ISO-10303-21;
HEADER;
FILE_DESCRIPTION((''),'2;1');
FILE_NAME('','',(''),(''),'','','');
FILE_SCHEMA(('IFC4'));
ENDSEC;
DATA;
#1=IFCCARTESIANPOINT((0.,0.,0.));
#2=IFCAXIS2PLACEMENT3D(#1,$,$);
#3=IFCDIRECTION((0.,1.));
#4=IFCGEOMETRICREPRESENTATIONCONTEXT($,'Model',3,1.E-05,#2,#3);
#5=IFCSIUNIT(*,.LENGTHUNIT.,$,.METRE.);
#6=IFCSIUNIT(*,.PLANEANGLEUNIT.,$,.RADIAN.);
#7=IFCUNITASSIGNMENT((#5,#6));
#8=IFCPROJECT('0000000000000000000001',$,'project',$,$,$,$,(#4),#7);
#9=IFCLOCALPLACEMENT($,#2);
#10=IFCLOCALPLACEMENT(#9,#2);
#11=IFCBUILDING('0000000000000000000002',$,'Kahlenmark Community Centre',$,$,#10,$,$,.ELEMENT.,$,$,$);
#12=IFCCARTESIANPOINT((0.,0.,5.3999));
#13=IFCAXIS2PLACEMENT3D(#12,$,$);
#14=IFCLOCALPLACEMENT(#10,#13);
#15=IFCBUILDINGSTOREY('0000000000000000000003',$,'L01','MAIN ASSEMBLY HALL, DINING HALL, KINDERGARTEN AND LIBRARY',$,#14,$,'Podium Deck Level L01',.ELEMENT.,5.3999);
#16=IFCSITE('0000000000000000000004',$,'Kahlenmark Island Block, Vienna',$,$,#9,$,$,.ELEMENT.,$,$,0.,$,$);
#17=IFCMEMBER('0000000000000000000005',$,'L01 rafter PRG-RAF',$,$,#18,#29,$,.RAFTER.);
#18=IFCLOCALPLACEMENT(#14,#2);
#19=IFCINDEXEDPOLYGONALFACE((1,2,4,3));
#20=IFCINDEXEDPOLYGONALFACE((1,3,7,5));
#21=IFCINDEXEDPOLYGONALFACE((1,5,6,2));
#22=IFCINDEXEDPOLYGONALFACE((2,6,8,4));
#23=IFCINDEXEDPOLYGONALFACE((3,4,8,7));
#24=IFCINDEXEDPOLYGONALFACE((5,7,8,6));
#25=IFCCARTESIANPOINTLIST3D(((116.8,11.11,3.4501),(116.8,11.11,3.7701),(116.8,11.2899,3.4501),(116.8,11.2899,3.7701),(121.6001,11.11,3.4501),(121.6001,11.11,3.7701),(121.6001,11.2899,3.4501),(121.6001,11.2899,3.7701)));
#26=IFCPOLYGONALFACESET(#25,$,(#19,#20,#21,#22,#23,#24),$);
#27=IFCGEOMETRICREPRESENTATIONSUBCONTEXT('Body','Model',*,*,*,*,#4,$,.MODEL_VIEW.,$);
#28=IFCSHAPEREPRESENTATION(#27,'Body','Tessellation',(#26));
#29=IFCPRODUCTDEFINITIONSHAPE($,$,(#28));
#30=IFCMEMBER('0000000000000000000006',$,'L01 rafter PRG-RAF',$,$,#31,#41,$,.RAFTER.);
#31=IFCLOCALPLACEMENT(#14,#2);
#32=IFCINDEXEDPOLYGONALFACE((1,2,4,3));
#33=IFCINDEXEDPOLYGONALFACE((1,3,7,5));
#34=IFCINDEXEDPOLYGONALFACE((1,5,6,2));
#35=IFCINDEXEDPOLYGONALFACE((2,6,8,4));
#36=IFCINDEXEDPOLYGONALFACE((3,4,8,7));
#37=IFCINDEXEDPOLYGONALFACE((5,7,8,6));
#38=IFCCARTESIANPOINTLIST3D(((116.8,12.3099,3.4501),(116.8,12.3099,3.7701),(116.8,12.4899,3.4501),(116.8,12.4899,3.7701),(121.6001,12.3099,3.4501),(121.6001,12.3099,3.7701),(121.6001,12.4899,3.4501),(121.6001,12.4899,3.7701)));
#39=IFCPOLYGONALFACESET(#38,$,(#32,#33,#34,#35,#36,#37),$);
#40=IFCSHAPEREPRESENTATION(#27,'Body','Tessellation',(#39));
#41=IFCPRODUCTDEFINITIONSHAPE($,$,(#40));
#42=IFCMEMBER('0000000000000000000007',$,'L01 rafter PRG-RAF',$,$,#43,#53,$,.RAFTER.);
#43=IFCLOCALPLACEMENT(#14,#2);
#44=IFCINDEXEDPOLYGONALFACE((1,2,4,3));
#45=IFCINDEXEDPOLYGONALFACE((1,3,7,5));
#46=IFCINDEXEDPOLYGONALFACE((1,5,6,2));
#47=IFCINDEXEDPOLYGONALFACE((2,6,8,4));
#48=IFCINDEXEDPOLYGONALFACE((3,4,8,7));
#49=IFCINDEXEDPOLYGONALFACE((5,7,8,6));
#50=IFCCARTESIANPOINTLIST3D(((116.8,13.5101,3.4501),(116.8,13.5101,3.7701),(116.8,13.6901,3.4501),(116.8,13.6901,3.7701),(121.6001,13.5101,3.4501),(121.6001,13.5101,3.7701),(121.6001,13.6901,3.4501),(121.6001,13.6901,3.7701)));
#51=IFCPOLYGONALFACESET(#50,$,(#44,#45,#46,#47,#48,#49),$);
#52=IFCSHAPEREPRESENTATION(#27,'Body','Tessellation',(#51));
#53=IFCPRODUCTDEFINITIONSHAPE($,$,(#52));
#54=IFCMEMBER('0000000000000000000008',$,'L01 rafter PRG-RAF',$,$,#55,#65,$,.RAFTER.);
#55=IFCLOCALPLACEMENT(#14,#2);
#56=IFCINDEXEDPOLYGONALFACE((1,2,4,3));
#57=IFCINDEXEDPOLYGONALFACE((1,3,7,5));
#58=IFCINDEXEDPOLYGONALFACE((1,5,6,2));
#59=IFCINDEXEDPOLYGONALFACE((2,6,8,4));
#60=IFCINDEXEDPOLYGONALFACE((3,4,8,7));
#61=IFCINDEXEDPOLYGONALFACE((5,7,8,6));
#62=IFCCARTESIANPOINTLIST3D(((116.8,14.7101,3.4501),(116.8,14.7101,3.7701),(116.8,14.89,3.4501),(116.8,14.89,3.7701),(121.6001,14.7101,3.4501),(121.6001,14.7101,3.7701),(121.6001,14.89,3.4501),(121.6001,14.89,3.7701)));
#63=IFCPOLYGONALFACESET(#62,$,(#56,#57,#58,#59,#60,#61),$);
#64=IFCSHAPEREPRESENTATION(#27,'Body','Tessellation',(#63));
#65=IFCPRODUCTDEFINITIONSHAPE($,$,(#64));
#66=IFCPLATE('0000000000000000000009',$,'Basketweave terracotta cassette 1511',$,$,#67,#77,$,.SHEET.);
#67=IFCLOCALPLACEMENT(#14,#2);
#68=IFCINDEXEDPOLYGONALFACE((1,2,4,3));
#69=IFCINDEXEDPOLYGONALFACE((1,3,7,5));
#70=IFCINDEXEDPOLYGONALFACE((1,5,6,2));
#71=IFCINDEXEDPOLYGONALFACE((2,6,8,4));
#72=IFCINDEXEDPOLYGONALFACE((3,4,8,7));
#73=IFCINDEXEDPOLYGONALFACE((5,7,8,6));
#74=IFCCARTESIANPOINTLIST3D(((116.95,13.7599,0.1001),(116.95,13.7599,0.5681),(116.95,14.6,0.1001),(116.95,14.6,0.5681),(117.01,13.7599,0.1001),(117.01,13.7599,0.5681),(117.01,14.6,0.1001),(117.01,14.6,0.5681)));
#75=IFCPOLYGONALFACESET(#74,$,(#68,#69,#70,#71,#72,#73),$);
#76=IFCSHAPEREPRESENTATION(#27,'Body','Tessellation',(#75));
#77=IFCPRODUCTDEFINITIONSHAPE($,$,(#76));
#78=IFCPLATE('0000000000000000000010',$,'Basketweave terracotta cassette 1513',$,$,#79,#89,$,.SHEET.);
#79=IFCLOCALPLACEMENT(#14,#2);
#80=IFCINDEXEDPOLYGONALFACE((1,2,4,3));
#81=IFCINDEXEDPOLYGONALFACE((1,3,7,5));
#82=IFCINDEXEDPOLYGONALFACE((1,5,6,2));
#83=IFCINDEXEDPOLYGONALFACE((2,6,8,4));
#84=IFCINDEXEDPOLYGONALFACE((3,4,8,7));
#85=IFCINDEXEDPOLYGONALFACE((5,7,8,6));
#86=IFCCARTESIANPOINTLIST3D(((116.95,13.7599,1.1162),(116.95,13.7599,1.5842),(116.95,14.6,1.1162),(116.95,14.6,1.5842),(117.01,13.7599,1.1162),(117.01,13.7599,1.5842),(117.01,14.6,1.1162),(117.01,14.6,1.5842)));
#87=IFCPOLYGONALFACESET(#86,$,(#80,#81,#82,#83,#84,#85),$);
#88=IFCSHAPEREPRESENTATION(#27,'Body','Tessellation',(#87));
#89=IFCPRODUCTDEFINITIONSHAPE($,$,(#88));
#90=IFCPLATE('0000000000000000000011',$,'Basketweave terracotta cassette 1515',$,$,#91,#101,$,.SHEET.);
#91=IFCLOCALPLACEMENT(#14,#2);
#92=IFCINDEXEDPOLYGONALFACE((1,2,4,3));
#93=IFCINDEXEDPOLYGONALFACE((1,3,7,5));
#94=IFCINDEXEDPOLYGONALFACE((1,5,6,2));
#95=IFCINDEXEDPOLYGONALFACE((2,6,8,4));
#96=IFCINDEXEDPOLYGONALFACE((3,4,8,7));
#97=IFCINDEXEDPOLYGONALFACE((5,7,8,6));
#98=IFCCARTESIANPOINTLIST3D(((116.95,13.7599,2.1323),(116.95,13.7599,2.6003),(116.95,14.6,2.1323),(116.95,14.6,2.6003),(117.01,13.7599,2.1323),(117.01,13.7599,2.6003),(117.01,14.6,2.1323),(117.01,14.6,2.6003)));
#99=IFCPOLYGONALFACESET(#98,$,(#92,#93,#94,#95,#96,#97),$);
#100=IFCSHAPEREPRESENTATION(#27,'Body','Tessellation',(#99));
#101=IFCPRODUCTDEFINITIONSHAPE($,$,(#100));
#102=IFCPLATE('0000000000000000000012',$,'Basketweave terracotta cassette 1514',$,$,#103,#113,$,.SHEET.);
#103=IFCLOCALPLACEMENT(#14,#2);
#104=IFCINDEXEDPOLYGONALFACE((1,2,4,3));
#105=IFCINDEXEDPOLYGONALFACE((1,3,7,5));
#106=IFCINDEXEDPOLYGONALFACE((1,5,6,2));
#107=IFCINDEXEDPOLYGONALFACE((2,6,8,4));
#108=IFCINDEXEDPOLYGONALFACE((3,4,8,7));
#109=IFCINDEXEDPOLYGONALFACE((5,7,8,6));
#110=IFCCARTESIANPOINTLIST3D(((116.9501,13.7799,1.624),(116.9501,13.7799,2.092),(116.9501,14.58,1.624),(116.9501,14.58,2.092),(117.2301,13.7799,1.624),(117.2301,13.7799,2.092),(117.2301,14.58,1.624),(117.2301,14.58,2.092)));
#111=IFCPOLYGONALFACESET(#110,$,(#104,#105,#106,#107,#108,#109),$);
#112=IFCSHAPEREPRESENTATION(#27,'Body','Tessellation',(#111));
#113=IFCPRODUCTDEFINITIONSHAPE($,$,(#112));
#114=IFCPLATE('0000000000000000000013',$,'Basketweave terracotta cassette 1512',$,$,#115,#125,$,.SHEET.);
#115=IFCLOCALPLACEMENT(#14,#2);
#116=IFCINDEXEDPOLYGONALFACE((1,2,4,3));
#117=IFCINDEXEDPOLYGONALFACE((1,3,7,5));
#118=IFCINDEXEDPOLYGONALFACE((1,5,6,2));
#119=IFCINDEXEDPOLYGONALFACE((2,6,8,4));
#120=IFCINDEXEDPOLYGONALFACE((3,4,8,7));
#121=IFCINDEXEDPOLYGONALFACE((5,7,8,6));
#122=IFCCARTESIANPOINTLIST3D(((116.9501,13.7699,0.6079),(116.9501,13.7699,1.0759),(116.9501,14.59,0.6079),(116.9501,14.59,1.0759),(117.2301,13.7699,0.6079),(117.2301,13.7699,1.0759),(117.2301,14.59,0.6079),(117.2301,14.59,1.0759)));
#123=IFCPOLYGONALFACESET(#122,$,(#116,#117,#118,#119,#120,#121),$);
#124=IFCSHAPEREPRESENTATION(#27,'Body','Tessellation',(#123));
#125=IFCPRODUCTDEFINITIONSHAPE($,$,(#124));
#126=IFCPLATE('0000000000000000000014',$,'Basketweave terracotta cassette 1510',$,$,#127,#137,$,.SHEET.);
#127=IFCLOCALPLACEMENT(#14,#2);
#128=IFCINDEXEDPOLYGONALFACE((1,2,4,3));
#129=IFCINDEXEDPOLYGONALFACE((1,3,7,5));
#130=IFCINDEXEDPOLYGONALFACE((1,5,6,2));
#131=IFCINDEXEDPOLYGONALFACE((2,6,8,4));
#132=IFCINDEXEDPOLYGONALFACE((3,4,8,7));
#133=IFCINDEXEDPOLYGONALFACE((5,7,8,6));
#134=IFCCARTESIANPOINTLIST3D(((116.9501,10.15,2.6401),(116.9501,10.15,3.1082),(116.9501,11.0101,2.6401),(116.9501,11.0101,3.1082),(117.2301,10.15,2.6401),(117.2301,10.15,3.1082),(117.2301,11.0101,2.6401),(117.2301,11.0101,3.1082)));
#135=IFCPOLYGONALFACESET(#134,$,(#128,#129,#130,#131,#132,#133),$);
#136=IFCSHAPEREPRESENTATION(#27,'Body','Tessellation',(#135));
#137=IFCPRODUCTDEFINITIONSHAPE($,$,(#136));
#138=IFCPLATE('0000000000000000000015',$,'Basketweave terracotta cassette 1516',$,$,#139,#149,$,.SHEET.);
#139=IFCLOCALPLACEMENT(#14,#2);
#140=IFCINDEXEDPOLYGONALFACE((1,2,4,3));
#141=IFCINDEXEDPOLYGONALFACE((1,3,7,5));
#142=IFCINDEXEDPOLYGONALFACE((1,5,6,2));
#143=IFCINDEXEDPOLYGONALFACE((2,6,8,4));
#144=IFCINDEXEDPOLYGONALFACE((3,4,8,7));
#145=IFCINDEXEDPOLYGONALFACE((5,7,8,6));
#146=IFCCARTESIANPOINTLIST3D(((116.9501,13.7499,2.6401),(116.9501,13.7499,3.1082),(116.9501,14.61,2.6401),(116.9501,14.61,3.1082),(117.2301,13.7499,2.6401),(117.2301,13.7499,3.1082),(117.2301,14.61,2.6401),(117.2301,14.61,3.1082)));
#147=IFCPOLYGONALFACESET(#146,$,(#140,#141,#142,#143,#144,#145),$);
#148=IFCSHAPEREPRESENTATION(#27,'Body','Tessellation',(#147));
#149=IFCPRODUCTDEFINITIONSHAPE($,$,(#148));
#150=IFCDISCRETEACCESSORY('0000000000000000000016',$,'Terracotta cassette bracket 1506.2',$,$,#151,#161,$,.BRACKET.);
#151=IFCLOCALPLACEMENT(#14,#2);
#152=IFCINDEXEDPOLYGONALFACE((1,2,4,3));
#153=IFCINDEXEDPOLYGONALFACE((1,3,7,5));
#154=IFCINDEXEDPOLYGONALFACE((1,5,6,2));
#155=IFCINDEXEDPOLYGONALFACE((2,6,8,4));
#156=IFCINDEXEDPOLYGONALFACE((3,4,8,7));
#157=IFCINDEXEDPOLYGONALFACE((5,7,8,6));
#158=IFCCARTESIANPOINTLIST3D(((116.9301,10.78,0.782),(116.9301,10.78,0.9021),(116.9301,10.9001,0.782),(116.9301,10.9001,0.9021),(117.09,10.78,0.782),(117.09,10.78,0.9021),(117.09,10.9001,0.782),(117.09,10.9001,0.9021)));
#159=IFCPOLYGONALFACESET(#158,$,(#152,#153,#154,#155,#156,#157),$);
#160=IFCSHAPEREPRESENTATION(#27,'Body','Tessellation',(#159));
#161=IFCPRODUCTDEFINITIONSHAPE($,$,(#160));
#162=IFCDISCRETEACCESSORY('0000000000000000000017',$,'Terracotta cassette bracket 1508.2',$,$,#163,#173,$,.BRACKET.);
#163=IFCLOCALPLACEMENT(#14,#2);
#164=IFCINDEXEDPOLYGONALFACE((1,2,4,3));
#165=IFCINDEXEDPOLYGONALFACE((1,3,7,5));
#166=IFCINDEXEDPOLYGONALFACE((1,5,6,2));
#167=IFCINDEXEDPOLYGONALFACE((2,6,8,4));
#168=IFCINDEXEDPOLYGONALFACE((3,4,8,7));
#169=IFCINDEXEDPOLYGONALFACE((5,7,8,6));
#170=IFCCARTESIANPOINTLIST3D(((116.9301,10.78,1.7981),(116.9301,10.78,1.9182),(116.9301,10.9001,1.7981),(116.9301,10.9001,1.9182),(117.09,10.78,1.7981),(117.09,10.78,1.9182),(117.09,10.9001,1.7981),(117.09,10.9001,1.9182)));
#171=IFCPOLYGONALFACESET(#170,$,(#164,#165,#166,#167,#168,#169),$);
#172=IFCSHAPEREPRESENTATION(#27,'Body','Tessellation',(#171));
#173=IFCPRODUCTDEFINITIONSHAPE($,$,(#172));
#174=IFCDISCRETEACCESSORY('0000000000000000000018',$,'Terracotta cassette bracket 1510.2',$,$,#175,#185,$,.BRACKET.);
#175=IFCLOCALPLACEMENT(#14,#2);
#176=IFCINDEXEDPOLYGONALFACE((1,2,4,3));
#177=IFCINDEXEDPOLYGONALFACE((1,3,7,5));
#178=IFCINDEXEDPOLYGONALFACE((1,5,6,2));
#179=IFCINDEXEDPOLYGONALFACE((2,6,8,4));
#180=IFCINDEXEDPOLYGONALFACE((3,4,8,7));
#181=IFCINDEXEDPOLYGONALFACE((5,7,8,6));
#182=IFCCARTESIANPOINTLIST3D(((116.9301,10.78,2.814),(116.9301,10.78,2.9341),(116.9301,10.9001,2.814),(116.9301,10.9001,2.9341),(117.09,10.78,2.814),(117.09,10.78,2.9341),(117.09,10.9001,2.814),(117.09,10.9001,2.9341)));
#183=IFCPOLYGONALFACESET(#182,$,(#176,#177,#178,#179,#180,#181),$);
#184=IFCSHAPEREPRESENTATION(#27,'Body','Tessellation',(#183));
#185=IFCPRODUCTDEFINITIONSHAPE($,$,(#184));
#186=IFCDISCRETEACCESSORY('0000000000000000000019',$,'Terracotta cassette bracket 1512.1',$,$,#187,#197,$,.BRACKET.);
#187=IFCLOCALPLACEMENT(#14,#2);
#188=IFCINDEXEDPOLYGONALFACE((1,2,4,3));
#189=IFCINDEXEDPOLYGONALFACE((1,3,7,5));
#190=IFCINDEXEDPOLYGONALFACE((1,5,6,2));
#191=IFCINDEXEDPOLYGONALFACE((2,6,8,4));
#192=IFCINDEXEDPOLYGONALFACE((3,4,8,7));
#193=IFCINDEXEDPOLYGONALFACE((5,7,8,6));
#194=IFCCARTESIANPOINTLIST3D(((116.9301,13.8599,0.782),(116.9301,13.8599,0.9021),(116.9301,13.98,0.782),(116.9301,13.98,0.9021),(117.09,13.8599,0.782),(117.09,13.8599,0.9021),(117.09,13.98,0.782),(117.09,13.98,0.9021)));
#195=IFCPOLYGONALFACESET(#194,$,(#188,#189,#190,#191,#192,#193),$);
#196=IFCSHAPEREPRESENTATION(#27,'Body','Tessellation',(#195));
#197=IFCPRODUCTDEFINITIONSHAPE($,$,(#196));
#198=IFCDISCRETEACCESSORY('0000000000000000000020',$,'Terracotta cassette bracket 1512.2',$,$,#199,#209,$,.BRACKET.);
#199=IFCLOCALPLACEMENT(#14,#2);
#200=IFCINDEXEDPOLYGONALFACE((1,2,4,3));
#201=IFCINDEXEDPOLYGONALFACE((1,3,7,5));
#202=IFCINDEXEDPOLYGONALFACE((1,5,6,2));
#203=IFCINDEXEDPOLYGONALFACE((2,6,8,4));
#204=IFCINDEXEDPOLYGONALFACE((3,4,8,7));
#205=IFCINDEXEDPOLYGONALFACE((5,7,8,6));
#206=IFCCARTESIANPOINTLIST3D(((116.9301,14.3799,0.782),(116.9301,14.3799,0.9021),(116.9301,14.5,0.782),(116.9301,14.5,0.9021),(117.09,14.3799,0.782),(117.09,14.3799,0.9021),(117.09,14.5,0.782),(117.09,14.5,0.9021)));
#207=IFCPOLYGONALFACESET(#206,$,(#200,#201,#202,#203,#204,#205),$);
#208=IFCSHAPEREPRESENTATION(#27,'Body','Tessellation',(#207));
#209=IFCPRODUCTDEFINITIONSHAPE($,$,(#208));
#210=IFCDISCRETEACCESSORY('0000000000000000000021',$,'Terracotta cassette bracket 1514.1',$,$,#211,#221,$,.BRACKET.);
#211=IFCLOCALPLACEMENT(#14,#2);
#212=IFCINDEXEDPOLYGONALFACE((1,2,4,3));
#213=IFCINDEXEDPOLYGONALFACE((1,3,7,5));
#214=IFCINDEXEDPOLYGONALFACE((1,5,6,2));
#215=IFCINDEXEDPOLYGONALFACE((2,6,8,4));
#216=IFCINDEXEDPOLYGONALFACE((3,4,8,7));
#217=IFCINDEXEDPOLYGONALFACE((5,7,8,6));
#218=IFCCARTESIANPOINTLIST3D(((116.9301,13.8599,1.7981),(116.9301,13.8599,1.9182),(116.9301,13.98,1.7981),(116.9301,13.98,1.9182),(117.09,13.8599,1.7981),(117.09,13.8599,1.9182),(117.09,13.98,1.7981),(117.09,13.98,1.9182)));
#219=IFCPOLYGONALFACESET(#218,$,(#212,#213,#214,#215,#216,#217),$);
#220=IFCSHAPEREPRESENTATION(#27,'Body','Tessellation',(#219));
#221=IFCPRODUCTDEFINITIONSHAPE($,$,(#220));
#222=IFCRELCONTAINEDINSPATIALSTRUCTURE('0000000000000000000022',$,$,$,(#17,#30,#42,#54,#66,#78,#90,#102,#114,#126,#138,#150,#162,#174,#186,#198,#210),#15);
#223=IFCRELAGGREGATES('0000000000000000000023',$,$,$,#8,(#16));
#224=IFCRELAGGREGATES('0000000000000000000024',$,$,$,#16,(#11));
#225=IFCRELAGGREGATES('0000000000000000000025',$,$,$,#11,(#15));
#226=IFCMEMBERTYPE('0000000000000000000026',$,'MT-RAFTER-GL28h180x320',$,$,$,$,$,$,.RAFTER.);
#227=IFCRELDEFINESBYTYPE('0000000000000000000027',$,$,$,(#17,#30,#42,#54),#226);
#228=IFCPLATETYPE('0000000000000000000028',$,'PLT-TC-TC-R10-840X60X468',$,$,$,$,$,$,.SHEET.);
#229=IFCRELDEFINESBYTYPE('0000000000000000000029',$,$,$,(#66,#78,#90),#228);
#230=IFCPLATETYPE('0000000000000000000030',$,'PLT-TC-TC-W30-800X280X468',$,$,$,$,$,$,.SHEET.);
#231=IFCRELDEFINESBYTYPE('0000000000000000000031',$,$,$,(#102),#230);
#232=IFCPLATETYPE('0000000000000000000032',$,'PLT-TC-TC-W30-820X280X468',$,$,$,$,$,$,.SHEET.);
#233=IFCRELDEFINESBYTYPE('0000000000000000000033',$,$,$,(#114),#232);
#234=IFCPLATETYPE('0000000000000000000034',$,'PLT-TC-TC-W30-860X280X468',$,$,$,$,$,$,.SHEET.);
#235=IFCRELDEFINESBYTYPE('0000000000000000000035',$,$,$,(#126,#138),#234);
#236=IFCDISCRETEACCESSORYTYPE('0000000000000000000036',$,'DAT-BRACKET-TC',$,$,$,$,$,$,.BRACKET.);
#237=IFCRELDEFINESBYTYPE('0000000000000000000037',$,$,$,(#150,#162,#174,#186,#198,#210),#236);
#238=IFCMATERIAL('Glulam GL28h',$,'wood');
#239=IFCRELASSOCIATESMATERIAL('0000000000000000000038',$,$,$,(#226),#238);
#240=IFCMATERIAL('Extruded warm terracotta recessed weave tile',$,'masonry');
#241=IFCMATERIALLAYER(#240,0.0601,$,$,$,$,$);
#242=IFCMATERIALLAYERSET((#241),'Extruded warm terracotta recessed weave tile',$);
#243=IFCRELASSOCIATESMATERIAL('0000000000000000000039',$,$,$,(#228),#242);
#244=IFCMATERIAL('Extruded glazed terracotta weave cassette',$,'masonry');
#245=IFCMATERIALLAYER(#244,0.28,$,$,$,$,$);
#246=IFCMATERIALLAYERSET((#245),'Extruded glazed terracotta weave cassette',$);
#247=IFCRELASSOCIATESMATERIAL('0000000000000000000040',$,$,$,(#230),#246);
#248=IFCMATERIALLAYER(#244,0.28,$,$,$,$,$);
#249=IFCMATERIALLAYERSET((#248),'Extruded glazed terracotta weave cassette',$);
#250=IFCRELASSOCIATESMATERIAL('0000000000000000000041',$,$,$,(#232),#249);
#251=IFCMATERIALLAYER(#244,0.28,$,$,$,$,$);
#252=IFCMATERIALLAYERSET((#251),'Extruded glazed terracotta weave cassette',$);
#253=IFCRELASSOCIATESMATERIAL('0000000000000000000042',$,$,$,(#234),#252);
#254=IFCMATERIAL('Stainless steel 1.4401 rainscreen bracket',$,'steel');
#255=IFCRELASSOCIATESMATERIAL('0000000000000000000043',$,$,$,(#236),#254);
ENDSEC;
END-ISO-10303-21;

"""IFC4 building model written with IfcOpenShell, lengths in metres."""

from ifc_helpers import new_model, si_unit, direction, frame, origin, origin_2d, place, context, subcontext, project, spatial, rectangle, extrude, material, layer, layer_set, material_profile, profile_set, type_object, element, save


model = new_model("IFC4")

# Units and contexts
model_context = context("Model", 3, precision=1e-05, world=origin(), true_north=direction((0.0, 1.0)))
body_context = subcontext(model_context, "Body", "Model", "MODEL_VIEW")
ifc_project = project(units=[si_unit("LENGTHUNIT", "METRE"), si_unit("PLANEANGLEUNIT", "RADIAN")], contexts=[model_context])

# Site, building, storey
site_placement = place(None, origin())
site = spatial("IfcSite", under=ifc_project, at=site_placement, Name="Kahlenmark Island Block, Vienna", CompositionType="ELEMENT", RefElevation=0.0)
building_placement = place(site_placement, origin())
building = spatial("IfcBuilding", under=site, at=building_placement, Name="Kahlenmark Community Centre", CompositionType="ELEMENT")
storey_placement = place(building_placement, frame((0.0, 0.0, 5.3999)))
storey = spatial("IfcBuildingStorey", under=building, at=storey_placement, Name="L01", Description="MAIN ASSEMBLY HALL, DINING HALL, KINDERGARTEN AND LIBRARY", LongName="Podium Deck Level L01", CompositionType="ELEMENT", Elevation=5.3999)

# Members
ifc_material_1 = material(Name="Glulam GL28h", Category="wood")
ifc_material_profile = material_profile(ifc_material_1, rectangle(XDim=0.1799, YDim=0.3201, at=origin_2d()), Name="GL28h 180x320")
ifc_profile_set = profile_set([ifc_material_profile], Name="Glulam GL28h")
member_type = type_object("IfcMemberType", Name="MT-RAFTER-GL28h180x320", PredefinedType="RAFTER", material=ifc_profile_set)
for number, where, z_axis, x_axis, name in (
    (1, (116.8, 11.2, 3.6101), (1.0, 0.0, 0.0), (0.0, 1.0, 0.0), "L01 rafter PRG-RAF"),
    (2, (116.8, 12.3999, 3.6101), (1.0, 0.0, 0.0), (0.0, 1.0, 0.0), "L01 rafter PRG-RAF"),
    (3, (116.8, 13.6001, 3.6101), (1.0, 0.0, 0.0), (0.0, 1.0, 0.0), "L01 rafter PRG-RAF"),
    (4, (116.8, 14.8, 3.6101), (1.0, 0.0, 0.0), (0.0, 1.0, 0.0), "L01 rafter PRG-RAF"),
):
    element("IfcMember", number, at=place(storey_placement, frame(where, z_axis=z_axis, x_axis=x_axis)), inside=storey, type_object=member_type, Name=name, PredefinedType="RAFTER", context=body_context, shape_type="SweptSolid", body=[
        extrude(rectangle(XDim=0.1799, YDim=0.3201, at=origin_2d()), origin(), (0.0, 0.0, 1.0), 4.8),
    ])

# Plates
ifc_material_2 = material(Name="Extruded warm terracotta recessed weave tile", Category="masonry")
ifc_layer_1 = layer(ifc_material_2, 0.0601)
ifc_layer_set_1 = layer_set([ifc_layer_1], Name="Extruded warm terracotta recessed weave tile")
plate_type_1 = type_object("IfcPlateType", Name="PLT-TC-TC-R10-840X60X468", PredefinedType="SHEET", material=ifc_layer_set_1)
for number, where, z_axis, x_axis, name in (
    (5, (116.98, 14.1799, 0.1001), (0.0, 0.0, 1.0), (0.0, 1.0, 0.0), "Basketweave terracotta cassette 1511"),
    (6, (116.98, 14.1799, 1.1162), (0.0, 0.0, 1.0), (0.0, 1.0, 0.0), "Basketweave terracotta cassette 1513"),
    (7, (116.98, 14.1799, 2.1323), (0.0, 0.0, 1.0), (0.0, 1.0, 0.0), "Basketweave terracotta cassette 1515"),
):
    element("IfcPlate", number, at=place(storey_placement, frame(where, z_axis=z_axis, x_axis=x_axis)), inside=storey, type_object=plate_type_1, Name=name, PredefinedType="SHEET", context=body_context, shape_type="SweptSolid", body=[
        extrude(rectangle(XDim=0.8401, YDim=0.0601, at=origin_2d()), origin(), (0.0, 0.0, 1.0), 0.468),
    ])
ifc_material_3 = material(Name="Extruded glazed terracotta weave cassette", Category="masonry")
ifc_layer_2 = layer(ifc_material_3, 0.28)
ifc_layer_set_2 = layer_set([ifc_layer_2], Name="Extruded glazed terracotta weave cassette")
plate_type_2 = type_object("IfcPlateType", Name="PLT-TC-TC-W30-800X280X468", PredefinedType="SHEET", material=ifc_layer_set_2)
plate_1_placement = place(storey_placement, frame((117.0901, 14.1799, 1.624), z_axis=(0.0, 0.0, 1.0), x_axis=(0.0, 1.0, 0.0)))
element("IfcPlate", 8, at=plate_1_placement, inside=storey, type_object=plate_type_2, Name="Basketweave terracotta cassette 1514", PredefinedType="SHEET", context=body_context, shape_type="SweptSolid", body=[
    extrude(rectangle(XDim=0.8, YDim=0.28, at=origin_2d()), origin(), (0.0, 0.0, 1.0), 0.468),
])
ifc_layer_3 = layer(ifc_material_3, 0.28)
ifc_layer_set_3 = layer_set([ifc_layer_3], Name="Extruded glazed terracotta weave cassette")
plate_type_3 = type_object("IfcPlateType", Name="PLT-TC-TC-W30-820X280X468", PredefinedType="SHEET", material=ifc_layer_set_3)
plate_2_placement = place(storey_placement, frame((117.0901, 14.1799, 0.6079), z_axis=(0.0, 0.0, 1.0), x_axis=(0.0, 1.0, 0.0)))
element("IfcPlate", 9, at=plate_2_placement, inside=storey, type_object=plate_type_3, Name="Basketweave terracotta cassette 1512", PredefinedType="SHEET", context=body_context, shape_type="SweptSolid", body=[
    extrude(rectangle(XDim=0.8201, YDim=0.28, at=origin_2d()), origin(), (0.0, 0.0, 1.0), 0.468),
])
ifc_layer_4 = layer(ifc_material_3, 0.28)
ifc_layer_set_4 = layer_set([ifc_layer_4], Name="Extruded glazed terracotta weave cassette")
plate_type_4 = type_object("IfcPlateType", Name="PLT-TC-TC-W30-860X280X468", PredefinedType="SHEET", material=ifc_layer_set_4)
for number, where, z_axis, x_axis, name in (
    (10, (117.0901, 10.5801, 2.6401), (0.0, 0.0, 1.0), (0.0, 1.0, 0.0), "Basketweave terracotta cassette 1510"),
    (11, (117.0901, 14.1799, 2.6401), (0.0, 0.0, 1.0), (0.0, 1.0, 0.0), "Basketweave terracotta cassette 1516"),
):
    element("IfcPlate", number, at=place(storey_placement, frame(where, z_axis=z_axis, x_axis=x_axis)), inside=storey, type_object=plate_type_4, Name=name, PredefinedType="SHEET", context=body_context, shape_type="SweptSolid", body=[
        extrude(rectangle(XDim=0.8601, YDim=0.28, at=origin_2d()), origin(), (0.0, 0.0, 1.0), 0.468),
    ])

# Discrete accessories
ifc_material_4 = material(Name="Stainless steel 1.4401 rainscreen bracket", Category="steel")
discrete_accessory_type = type_object("IfcDiscreteAccessoryType", Name="DAT-BRACKET-TC", PredefinedType="BRACKET", material=ifc_material_4)
for number, where, z_axis, x_axis, name in (
    (12, (117.01, 10.8401, 0.782), (0.0, 0.0, 1.0), (0.0, 1.0, 0.0), "Terracotta cassette bracket 1506.2"),
    (13, (117.01, 10.8401, 1.7981), (0.0, 0.0, 1.0), (0.0, 1.0, 0.0), "Terracotta cassette bracket 1508.2"),
    (14, (117.01, 10.8401, 2.814), (0.0, 0.0, 1.0), (0.0, 1.0, 0.0), "Terracotta cassette bracket 1510.2"),
    (15, (117.01, 13.9199, 0.782), (0.0, 0.0, 1.0), (0.0, 1.0, 0.0), "Terracotta cassette bracket 1512.1"),
    (16, (117.01, 14.4399, 0.782), (0.0, 0.0, 1.0), (0.0, 1.0, 0.0), "Terracotta cassette bracket 1512.2"),
    (17, (117.01, 13.9199, 1.7981), (0.0, 0.0, 1.0), (0.0, 1.0, 0.0), "Terracotta cassette bracket 1514.1"),
):
    element("IfcDiscreteAccessory", number, at=place(storey_placement, frame(where, z_axis=z_axis, x_axis=x_axis)), inside=storey, type_object=discrete_accessory_type, Name=name, PredefinedType="BRACKET", context=body_context, shape_type="SweptSolid", body=[
        extrude(rectangle(XDim=0.1201, YDim=0.1599, at=origin_2d()), origin(), (0.0, 0.0, 1.0), 0.1201),
    ])

save(model, "model.ifc")
